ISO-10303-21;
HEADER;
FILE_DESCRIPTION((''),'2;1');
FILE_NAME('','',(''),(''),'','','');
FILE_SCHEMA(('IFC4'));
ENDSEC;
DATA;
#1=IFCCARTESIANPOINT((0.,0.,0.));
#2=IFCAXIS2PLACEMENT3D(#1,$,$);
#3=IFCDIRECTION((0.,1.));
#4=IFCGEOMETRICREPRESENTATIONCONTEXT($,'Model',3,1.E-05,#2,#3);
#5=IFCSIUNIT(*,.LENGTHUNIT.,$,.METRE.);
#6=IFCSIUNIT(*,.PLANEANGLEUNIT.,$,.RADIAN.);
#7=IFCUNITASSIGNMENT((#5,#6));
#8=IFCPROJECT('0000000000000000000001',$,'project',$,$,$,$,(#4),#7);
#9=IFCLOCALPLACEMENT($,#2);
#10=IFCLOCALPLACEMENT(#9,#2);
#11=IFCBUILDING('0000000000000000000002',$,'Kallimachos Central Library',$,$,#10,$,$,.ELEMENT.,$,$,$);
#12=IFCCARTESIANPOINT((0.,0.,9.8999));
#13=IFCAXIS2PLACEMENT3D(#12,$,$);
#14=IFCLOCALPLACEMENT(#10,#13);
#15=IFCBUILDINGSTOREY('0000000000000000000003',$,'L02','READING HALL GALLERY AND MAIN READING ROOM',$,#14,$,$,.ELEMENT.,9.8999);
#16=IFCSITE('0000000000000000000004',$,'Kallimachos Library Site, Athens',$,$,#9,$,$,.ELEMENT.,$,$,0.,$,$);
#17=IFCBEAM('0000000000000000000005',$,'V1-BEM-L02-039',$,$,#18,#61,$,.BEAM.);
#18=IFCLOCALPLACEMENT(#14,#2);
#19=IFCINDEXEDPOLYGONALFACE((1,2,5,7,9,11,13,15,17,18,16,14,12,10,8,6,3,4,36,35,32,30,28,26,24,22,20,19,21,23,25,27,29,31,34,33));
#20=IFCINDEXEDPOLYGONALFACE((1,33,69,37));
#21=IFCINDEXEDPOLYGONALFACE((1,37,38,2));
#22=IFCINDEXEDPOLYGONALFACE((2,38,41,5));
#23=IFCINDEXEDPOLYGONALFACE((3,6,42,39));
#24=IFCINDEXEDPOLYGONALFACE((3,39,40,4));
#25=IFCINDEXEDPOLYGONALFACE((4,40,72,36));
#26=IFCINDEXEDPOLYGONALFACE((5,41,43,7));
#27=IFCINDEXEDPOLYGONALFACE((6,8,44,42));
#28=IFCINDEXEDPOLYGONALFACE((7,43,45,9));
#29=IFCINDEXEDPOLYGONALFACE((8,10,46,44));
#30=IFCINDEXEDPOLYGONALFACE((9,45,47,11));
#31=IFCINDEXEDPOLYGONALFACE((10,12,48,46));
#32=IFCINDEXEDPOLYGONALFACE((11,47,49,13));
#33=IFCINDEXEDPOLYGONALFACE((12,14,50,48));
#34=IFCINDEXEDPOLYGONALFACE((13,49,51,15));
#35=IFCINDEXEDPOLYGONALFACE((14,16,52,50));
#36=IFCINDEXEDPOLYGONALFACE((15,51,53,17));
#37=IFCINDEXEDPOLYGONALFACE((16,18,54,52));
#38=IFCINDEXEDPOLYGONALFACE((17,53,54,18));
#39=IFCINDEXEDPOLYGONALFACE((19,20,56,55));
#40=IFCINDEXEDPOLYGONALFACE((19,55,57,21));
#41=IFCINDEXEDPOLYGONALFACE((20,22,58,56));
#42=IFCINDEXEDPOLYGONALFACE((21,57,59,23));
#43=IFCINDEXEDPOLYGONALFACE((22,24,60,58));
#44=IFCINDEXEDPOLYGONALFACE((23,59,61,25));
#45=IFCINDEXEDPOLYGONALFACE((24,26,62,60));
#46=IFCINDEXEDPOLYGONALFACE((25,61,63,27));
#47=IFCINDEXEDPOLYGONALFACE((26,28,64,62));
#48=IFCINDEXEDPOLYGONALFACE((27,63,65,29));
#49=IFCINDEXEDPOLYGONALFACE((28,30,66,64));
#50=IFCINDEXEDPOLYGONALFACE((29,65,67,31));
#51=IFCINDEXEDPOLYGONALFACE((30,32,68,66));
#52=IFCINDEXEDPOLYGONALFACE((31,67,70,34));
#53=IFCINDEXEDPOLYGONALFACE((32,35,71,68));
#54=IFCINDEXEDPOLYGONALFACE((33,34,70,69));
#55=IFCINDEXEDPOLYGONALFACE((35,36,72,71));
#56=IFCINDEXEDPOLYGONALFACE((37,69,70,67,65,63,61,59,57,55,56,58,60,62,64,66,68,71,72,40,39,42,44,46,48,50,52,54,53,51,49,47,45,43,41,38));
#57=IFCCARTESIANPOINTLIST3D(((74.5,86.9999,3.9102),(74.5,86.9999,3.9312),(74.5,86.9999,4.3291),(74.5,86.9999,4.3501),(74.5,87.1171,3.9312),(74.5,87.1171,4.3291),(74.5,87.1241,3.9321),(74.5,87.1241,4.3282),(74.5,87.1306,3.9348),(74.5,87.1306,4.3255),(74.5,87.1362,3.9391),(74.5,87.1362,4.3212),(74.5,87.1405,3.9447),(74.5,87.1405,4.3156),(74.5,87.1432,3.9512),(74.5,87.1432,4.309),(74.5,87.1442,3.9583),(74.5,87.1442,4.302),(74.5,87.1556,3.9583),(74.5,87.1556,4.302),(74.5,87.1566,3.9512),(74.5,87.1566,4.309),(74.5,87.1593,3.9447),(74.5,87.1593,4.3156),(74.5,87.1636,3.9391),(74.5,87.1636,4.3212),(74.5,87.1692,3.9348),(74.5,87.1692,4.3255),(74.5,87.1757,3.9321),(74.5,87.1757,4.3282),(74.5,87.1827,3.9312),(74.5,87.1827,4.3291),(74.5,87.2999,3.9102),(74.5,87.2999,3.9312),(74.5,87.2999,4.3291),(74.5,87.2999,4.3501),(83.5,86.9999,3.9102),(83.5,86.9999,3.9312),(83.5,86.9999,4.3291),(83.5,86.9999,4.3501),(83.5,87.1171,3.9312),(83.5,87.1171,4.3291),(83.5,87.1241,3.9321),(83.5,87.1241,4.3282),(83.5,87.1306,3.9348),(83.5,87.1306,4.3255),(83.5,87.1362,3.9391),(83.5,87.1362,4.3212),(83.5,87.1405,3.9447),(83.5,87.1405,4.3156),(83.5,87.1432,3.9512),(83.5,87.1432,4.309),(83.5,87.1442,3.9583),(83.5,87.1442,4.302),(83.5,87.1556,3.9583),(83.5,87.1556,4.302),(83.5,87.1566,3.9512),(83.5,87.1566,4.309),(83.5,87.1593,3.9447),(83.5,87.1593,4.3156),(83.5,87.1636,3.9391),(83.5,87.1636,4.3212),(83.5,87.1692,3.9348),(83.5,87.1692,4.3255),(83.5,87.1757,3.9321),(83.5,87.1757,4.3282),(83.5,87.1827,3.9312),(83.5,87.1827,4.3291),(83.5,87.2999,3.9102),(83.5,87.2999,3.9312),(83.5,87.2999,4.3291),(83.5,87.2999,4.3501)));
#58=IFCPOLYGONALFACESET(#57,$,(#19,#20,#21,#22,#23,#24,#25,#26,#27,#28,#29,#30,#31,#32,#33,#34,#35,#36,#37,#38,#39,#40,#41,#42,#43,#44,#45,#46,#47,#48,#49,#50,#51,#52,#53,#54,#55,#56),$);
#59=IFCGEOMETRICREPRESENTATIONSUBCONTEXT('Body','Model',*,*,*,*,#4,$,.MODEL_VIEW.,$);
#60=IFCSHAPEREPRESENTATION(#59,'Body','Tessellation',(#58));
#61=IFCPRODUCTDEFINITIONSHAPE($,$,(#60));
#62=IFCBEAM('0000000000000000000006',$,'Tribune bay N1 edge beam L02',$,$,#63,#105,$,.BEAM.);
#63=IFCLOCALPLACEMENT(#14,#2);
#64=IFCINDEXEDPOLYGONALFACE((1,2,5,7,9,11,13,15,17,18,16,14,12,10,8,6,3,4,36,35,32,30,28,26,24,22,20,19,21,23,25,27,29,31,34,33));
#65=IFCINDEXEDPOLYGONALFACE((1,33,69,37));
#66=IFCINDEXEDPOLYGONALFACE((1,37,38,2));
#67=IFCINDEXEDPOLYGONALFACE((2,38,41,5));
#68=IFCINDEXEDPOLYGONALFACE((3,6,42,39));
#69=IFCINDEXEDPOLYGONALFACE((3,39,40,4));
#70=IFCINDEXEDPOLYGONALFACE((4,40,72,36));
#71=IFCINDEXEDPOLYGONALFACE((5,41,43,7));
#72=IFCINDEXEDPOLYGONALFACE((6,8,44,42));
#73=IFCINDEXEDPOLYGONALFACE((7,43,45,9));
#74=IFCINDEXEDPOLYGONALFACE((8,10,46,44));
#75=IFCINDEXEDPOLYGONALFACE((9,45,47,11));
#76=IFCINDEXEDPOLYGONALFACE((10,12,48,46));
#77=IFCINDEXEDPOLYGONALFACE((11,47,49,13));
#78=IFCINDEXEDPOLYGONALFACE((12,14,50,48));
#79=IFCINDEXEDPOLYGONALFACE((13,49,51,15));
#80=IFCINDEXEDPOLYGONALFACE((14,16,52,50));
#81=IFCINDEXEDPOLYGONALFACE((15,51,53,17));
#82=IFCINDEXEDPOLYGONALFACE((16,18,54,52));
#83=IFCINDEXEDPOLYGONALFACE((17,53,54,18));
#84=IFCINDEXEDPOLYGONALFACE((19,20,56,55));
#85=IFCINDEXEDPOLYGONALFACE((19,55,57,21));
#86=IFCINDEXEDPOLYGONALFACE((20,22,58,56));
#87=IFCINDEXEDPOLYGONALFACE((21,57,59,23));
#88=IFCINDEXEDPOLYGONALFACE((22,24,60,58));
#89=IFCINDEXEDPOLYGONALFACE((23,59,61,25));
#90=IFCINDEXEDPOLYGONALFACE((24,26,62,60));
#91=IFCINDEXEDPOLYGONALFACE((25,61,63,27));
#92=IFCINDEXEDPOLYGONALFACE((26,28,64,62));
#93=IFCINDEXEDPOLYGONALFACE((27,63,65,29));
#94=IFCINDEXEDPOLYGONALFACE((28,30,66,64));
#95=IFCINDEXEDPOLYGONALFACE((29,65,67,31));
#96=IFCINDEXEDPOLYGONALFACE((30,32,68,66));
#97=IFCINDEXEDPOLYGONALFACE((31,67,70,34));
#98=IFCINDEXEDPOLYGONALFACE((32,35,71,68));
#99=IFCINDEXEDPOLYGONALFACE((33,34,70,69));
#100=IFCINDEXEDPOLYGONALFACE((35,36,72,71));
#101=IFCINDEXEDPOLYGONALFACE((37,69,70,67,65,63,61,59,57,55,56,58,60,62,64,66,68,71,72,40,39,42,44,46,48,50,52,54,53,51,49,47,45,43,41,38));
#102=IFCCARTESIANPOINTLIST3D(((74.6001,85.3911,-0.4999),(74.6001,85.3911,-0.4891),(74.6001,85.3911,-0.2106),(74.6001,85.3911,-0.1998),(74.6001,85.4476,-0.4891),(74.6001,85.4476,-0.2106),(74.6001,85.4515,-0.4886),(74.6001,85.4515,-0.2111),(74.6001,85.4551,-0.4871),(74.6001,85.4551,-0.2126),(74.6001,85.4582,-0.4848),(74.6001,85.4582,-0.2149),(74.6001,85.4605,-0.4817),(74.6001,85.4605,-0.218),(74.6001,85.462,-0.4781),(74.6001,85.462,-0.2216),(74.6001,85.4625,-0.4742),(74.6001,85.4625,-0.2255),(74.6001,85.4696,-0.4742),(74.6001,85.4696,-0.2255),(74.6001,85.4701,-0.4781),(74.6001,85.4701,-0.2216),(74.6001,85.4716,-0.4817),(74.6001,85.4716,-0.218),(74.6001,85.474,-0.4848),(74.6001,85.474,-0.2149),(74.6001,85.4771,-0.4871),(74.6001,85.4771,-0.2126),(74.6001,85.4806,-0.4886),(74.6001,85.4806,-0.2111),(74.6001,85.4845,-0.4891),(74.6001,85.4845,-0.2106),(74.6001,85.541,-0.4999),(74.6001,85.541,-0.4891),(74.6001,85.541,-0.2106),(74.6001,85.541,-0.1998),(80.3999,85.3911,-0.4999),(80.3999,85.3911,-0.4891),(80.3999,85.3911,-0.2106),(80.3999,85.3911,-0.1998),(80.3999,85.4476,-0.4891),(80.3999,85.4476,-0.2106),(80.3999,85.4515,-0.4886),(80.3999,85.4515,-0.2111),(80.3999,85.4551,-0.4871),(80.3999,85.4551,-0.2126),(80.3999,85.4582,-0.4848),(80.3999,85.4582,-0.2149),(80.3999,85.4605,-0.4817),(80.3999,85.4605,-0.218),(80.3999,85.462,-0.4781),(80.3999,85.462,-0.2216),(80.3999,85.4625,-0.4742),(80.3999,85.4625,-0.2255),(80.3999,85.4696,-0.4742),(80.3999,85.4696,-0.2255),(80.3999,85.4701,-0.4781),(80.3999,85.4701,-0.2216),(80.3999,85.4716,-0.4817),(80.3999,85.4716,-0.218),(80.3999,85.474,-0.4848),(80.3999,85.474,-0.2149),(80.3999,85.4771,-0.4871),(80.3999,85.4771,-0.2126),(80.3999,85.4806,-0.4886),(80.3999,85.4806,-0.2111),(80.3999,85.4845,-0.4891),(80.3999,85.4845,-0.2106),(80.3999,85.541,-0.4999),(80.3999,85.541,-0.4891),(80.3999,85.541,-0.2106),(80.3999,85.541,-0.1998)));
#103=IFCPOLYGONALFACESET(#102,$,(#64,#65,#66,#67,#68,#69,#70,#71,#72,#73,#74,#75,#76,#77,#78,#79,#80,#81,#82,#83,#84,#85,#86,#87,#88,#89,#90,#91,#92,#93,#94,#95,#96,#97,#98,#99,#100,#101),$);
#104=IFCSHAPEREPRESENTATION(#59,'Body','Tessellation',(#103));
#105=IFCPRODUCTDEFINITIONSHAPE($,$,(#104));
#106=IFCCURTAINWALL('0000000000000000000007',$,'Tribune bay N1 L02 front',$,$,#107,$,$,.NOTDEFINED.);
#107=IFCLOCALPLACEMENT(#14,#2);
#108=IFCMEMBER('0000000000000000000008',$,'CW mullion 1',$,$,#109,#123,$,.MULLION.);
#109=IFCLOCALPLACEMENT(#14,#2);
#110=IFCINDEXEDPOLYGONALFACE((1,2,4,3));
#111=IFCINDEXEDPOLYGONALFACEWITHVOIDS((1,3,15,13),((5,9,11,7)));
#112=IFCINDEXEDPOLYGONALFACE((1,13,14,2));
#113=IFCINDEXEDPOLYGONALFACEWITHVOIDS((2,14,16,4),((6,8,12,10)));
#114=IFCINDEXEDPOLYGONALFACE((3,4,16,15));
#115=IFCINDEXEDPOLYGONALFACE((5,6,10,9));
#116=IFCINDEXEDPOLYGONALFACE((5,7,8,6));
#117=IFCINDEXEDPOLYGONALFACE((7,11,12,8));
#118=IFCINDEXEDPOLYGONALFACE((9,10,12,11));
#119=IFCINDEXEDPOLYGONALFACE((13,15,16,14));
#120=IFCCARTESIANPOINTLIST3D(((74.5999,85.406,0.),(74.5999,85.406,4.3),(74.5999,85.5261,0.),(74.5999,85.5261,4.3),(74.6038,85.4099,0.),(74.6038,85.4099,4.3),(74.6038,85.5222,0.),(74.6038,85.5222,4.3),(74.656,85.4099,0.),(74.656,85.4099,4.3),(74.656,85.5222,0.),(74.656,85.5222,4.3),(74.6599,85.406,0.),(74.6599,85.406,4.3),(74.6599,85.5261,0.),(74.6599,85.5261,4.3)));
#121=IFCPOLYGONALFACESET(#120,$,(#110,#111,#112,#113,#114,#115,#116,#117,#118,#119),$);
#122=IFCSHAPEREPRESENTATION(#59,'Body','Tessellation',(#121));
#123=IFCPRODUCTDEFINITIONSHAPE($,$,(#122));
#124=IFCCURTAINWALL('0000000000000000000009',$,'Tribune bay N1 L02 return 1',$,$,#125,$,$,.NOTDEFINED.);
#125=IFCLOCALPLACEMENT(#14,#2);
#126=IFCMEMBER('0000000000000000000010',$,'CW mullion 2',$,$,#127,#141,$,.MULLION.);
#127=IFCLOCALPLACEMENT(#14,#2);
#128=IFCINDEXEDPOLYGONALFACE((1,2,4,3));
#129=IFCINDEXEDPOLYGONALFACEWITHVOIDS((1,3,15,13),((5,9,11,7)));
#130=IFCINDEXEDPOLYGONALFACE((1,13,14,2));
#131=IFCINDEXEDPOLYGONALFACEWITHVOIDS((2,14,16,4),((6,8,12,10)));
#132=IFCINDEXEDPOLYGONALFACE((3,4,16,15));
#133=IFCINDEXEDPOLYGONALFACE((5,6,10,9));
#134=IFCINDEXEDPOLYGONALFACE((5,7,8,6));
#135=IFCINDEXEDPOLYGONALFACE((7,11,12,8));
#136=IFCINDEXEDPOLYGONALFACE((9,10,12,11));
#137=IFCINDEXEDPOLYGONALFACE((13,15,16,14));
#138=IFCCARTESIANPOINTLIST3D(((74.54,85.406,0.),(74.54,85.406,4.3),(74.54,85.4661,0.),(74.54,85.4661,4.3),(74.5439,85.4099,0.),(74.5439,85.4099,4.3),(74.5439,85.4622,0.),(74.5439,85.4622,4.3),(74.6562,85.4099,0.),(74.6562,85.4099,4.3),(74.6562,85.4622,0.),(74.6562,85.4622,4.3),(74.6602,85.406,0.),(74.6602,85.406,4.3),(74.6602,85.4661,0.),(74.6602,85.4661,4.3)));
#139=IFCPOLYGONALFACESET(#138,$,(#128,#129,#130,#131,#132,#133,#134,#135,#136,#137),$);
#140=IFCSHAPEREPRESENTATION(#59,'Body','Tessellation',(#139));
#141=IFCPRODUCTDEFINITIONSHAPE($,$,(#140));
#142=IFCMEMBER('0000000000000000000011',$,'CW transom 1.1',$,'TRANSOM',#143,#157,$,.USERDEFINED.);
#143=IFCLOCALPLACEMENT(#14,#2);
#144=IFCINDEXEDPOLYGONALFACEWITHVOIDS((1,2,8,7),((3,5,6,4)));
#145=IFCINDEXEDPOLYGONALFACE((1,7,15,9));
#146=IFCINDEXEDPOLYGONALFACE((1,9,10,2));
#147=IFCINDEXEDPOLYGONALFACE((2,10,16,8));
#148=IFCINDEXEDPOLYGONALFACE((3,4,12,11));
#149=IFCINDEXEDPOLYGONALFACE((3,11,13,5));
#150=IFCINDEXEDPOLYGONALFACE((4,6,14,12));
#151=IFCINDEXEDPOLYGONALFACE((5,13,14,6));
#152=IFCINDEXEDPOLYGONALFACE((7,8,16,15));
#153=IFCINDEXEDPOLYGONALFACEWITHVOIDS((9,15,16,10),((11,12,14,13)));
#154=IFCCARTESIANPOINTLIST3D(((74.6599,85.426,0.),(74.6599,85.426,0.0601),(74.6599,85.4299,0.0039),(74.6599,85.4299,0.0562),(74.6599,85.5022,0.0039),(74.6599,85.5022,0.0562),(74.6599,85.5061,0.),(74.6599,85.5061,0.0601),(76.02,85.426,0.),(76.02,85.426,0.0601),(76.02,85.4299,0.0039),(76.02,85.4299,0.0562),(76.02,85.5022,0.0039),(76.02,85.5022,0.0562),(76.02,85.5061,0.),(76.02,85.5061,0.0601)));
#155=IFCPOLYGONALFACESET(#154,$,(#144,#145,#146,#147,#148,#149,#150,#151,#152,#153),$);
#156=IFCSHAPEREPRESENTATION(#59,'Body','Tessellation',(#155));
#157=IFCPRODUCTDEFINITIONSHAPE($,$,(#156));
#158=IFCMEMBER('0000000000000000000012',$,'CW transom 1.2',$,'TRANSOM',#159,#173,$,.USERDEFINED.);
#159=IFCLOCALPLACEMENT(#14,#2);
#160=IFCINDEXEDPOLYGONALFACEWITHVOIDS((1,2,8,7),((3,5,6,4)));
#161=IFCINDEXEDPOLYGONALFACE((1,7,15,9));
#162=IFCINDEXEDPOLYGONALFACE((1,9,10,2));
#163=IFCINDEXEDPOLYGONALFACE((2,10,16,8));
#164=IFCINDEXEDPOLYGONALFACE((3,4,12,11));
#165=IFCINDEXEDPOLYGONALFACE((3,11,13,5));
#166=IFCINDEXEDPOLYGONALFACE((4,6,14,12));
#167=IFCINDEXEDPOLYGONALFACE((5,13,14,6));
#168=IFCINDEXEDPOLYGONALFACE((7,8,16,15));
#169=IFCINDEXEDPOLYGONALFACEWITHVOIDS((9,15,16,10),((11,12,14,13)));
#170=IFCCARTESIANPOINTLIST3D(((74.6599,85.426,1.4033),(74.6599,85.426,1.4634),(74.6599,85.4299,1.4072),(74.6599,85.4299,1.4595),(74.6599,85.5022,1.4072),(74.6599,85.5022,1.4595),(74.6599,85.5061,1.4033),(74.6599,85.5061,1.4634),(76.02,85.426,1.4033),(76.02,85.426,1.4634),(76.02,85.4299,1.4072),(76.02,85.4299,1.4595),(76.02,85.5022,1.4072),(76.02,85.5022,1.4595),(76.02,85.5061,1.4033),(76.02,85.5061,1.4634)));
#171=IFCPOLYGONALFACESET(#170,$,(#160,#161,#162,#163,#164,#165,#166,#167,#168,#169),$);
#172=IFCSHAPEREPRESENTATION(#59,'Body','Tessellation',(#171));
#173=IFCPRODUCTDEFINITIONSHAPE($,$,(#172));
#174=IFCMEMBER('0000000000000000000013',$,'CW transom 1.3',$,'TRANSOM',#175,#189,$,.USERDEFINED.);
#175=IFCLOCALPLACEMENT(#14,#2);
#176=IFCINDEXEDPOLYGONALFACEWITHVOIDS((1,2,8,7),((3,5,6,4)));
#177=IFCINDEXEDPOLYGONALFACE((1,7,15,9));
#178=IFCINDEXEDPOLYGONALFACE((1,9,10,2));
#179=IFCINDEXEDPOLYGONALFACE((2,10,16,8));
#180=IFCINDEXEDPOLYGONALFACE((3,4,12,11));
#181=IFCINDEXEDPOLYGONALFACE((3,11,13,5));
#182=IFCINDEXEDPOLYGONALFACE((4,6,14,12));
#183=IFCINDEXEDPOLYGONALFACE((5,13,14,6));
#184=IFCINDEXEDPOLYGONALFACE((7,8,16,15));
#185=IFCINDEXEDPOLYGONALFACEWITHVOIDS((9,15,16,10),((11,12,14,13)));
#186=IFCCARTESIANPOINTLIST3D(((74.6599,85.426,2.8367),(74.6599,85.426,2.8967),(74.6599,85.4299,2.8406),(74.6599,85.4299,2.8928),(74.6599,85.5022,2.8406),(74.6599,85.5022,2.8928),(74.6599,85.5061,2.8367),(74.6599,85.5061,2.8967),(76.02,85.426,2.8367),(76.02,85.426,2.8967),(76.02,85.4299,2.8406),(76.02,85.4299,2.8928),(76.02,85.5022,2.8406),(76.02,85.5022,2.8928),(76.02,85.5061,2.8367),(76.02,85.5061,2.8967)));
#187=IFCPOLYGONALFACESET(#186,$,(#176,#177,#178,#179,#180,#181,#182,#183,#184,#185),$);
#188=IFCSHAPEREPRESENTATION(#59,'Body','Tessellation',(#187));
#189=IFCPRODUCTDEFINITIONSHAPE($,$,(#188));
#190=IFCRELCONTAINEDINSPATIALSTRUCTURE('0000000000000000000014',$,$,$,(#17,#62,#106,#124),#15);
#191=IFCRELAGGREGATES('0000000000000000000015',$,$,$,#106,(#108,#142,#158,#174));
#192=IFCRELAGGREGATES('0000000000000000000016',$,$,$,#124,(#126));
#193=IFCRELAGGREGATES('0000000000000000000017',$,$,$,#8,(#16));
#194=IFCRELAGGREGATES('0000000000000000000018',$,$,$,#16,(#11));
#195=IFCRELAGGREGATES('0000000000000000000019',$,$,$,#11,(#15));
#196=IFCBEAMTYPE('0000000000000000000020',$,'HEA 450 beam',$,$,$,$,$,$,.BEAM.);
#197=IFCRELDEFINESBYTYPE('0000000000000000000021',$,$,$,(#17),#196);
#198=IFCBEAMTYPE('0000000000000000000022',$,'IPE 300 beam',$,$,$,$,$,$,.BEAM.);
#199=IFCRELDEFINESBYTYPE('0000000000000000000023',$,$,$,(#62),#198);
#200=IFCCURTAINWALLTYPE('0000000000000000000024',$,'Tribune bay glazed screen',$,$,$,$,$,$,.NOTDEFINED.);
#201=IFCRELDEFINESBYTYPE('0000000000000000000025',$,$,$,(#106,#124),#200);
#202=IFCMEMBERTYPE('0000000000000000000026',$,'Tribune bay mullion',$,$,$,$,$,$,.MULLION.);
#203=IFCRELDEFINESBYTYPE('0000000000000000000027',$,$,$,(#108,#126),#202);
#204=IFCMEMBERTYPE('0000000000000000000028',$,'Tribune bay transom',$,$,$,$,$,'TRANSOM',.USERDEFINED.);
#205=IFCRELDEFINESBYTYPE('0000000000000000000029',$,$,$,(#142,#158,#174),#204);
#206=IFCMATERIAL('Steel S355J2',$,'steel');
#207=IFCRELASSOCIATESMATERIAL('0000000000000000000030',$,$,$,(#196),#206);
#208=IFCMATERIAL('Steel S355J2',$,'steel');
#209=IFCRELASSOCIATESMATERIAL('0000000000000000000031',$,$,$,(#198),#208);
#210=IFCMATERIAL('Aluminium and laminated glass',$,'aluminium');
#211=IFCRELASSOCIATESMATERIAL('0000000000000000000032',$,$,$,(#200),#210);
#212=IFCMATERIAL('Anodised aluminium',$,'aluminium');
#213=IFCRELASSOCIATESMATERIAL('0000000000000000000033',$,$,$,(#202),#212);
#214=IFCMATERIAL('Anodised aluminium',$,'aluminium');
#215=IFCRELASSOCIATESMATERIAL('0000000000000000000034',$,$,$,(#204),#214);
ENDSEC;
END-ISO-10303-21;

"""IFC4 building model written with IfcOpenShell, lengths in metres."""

from ifc_helpers import new_model, si_unit, direction, frame, origin, origin_2d, place, context, subcontext, project, spatial, hollow_rectangle, i_section, extrude, material, material_profile, profile_set, type_object, element, aggregate, save


model = new_model("IFC4")

# Units and contexts
model_context = context("Model", 3, precision=1e-05, world=origin(), true_north=direction((0.0, 1.0)))
body_context = subcontext(model_context, "Body", "Model", "MODEL_VIEW")
ifc_project = project(units=[si_unit("LENGTHUNIT", "METRE"), si_unit("PLANEANGLEUNIT", "RADIAN")], contexts=[model_context])

# Site, building, storey
site_placement = place(None, origin())
site = spatial("IfcSite", under=ifc_project, at=site_placement, Name="Kallimachos Library Site, Athens", CompositionType="ELEMENT", RefElevation=0.0)
building_placement = place(site_placement, origin())
building = spatial("IfcBuilding", under=site, at=building_placement, Name="Kallimachos Central Library", CompositionType="ELEMENT")
storey_placement = place(building_placement, frame((0.0, 0.0, 9.8999)))
storey = spatial("IfcBuildingStorey", under=building, at=storey_placement, Name="L02", Description="READING HALL GALLERY AND MAIN READING ROOM", CompositionType="ELEMENT", Elevation=9.8999)

# Beams
ifc_material_1 = material(Name="Steel S355J2", Category="steel")
ifc_material_profile_1 = material_profile(ifc_material_1, i_section(OverallWidth=0.3, OverallDepth=0.4399, WebThickness=0.0115, FlangeThickness=0.021, FilletRadius=0.0271, at=origin_2d()), Name="HEA 450")
ifc_profile_set_1 = profile_set([ifc_material_profile_1], Name="Steel S355J2")
beam_type_1 = type_object("IfcBeamType", Name="HEA 450 beam", PredefinedType="BEAM", material=ifc_profile_set_1)
beam_1_placement = place(storey_placement, frame((74.5, 87.1499, 4.1301), z_axis=(1.0, 0.0, 0.0), x_axis=(0.0, 1.0, 0.0)))
element("IfcBeam", 1, at=beam_1_placement, inside=storey, type_object=beam_type_1, Name="V1-BEM-L02-039", PredefinedType="BEAM", context=body_context, shape_type="SweptSolid", body=[
    extrude(i_section(OverallWidth=0.3, OverallDepth=0.4399, WebThickness=0.0115, FlangeThickness=0.021, FilletRadius=0.0271, at=origin_2d()), origin(), (0.0, 0.0, 1.0), 9.0),
])
ifc_material_2 = material(Name="Steel S355J2", Category="steel")
ifc_material_profile_2 = material_profile(ifc_material_2, i_section(OverallWidth=0.1499, OverallDepth=0.3, WebThickness=0.0071, FlangeThickness=0.0107, FilletRadius=0.0149, at=origin_2d()), Name="IPE 300")
ifc_profile_set_2 = profile_set([ifc_material_profile_2], Name="Steel S355J2")
beam_type_2 = type_object("IfcBeamType", Name="IPE 300 beam", PredefinedType="BEAM", material=ifc_profile_set_2)
beam_2_placement = place(storey_placement, frame((74.6001, 85.4661, -0.3499), z_axis=(1.0, 0.0, 0.0), x_axis=(0.0, 1.0, 0.0)))
element("IfcBeam", 2, at=beam_2_placement, inside=storey, type_object=beam_type_2, Name="Tribune bay N1 edge beam L02", PredefinedType="BEAM", context=body_context, shape_type="SweptSolid", body=[
    extrude(i_section(OverallWidth=0.1499, OverallDepth=0.3, WebThickness=0.0071, FlangeThickness=0.0107, FilletRadius=0.0149, at=origin_2d()), origin(), (0.0, 0.0, 1.0), 5.7998),
])

# Curtain walls, members
ifc_material_3 = material(Name="Aluminium and laminated glass", Category="aluminium")
curtain_wall_type_1 = type_object("IfcCurtainWallType", Name="Tribune bay glazed screen", PredefinedType="NOTDEFINED", material=ifc_material_3)
curtain_wall_1_placement = place(storey_placement, origin())
curtain_wall_1 = element("IfcCurtainWall", 3, at=curtain_wall_1_placement, inside=storey, type_object=curtain_wall_type_1, Name="Tribune bay N1 L02 front", PredefinedType="NOTDEFINED")
ifc_material_4 = material(Name="Anodised aluminium", Category="aluminium")
ifc_material_profile_3 = material_profile(ifc_material_4, hollow_rectangle(XDim=0.0601, YDim=0.1201, WallThickness=0.0039, at=origin_2d()), Name="ALU MULLION 60x120")
ifc_profile_set_3 = profile_set([ifc_material_profile_3], Name="Anodised aluminium")
member_type_1 = type_object("IfcMemberType", Name="Tribune bay mullion", PredefinedType="MULLION", material=ifc_profile_set_3)
member_1_placement = place(storey_placement, frame((74.6299, 85.4661, 0.0), z_axis=(0.0, 0.0, 1.0), x_axis=(1.0, 0.0, 0.0)))
member_1 = element("IfcMember", 4, at=member_1_placement, type_object=member_type_1, Name="CW mullion 1", PredefinedType="MULLION", context=body_context, shape_type="SweptSolid", body=[
    extrude(hollow_rectangle(XDim=0.0601, YDim=0.1201, WallThickness=0.0039, at=origin_2d()), origin(), (0.0, 0.0, 1.0), 4.3),
])
curtain_wall_2_placement = place(storey_placement, origin())
curtain_wall_2 = element("IfcCurtainWall", 5, at=curtain_wall_2_placement, inside=storey, type_object=curtain_wall_type_1, Name="Tribune bay N1 L02 return 1", PredefinedType="NOTDEFINED")
member_2_placement = place(storey_placement, frame((74.6001, 85.436, 0.0), z_axis=(0.0, 0.0, 1.0), x_axis=(0.0, 1.0, 0.0)))
member_2 = element("IfcMember", 6, at=member_2_placement, type_object=member_type_1, Name="CW mullion 2", PredefinedType="MULLION", context=body_context, shape_type="SweptSolid", body=[
    extrude(hollow_rectangle(XDim=0.0601, YDim=0.1201, WallThickness=0.0039, at=origin_2d()), origin(), (0.0, 0.0, 1.0), 4.3),
])

# Members
ifc_material_5 = material(Name="Anodised aluminium", Category="aluminium")
ifc_material_profile_4 = material_profile(ifc_material_5, hollow_rectangle(XDim=0.0601, YDim=0.0801, WallThickness=0.0039, at=origin_2d()), Name="ALU TRANSOM 60x80")
ifc_profile_set_4 = profile_set([ifc_material_profile_4], Name="Anodised aluminium")
member_type_2 = type_object("IfcMemberType", Name="Tribune bay transom", ElementType="TRANSOM", PredefinedType="USERDEFINED", material=ifc_profile_set_4)
member_3_placement = place(storey_placement, frame((74.6599, 85.4661, 0.03), z_axis=(1.0, 0.0, 0.0), x_axis=(0.0, 0.0, 1.0)))
member_3 = element("IfcMember", 7, at=member_3_placement, type_object=member_type_2, Name="CW transom 1.1", ObjectType="TRANSOM", PredefinedType="USERDEFINED", context=body_context, shape_type="SweptSolid", body=[
    extrude(hollow_rectangle(XDim=0.0601, YDim=0.0801, WallThickness=0.0039, at=origin_2d()), origin(), (0.0, 0.0, 1.0), 1.3601),
])
member_4_placement = place(storey_placement, frame((74.6599, 85.4661, 1.4333), z_axis=(1.0, 0.0, 0.0), x_axis=(0.0, 0.0, 1.0)))
member_4 = element("IfcMember", 8, at=member_4_placement, type_object=member_type_2, Name="CW transom 1.2", ObjectType="TRANSOM", PredefinedType="USERDEFINED", context=body_context, shape_type="SweptSolid", body=[
    extrude(hollow_rectangle(XDim=0.0601, YDim=0.0801, WallThickness=0.0039, at=origin_2d()), origin(), (0.0, 0.0, 1.0), 1.3601),
])
member_5_placement = place(storey_placement, frame((74.6599, 85.4661, 2.8667), z_axis=(1.0, 0.0, 0.0), x_axis=(0.0, 0.0, 1.0)))
member_5 = element("IfcMember", 9, at=member_5_placement, type_object=member_type_2, Name="CW transom 1.3", ObjectType="TRANSOM", PredefinedType="USERDEFINED", context=body_context, shape_type="SweptSolid", body=[
    extrude(hollow_rectangle(XDim=0.0601, YDim=0.0801, WallThickness=0.0039, at=origin_2d()), origin(), (0.0, 0.0, 1.0), 1.3601),
])

aggregate(curtain_wall_1, [member_1, member_3, member_4, member_5])
aggregate(curtain_wall_2, [member_2])

save(model, "model.ifc")
